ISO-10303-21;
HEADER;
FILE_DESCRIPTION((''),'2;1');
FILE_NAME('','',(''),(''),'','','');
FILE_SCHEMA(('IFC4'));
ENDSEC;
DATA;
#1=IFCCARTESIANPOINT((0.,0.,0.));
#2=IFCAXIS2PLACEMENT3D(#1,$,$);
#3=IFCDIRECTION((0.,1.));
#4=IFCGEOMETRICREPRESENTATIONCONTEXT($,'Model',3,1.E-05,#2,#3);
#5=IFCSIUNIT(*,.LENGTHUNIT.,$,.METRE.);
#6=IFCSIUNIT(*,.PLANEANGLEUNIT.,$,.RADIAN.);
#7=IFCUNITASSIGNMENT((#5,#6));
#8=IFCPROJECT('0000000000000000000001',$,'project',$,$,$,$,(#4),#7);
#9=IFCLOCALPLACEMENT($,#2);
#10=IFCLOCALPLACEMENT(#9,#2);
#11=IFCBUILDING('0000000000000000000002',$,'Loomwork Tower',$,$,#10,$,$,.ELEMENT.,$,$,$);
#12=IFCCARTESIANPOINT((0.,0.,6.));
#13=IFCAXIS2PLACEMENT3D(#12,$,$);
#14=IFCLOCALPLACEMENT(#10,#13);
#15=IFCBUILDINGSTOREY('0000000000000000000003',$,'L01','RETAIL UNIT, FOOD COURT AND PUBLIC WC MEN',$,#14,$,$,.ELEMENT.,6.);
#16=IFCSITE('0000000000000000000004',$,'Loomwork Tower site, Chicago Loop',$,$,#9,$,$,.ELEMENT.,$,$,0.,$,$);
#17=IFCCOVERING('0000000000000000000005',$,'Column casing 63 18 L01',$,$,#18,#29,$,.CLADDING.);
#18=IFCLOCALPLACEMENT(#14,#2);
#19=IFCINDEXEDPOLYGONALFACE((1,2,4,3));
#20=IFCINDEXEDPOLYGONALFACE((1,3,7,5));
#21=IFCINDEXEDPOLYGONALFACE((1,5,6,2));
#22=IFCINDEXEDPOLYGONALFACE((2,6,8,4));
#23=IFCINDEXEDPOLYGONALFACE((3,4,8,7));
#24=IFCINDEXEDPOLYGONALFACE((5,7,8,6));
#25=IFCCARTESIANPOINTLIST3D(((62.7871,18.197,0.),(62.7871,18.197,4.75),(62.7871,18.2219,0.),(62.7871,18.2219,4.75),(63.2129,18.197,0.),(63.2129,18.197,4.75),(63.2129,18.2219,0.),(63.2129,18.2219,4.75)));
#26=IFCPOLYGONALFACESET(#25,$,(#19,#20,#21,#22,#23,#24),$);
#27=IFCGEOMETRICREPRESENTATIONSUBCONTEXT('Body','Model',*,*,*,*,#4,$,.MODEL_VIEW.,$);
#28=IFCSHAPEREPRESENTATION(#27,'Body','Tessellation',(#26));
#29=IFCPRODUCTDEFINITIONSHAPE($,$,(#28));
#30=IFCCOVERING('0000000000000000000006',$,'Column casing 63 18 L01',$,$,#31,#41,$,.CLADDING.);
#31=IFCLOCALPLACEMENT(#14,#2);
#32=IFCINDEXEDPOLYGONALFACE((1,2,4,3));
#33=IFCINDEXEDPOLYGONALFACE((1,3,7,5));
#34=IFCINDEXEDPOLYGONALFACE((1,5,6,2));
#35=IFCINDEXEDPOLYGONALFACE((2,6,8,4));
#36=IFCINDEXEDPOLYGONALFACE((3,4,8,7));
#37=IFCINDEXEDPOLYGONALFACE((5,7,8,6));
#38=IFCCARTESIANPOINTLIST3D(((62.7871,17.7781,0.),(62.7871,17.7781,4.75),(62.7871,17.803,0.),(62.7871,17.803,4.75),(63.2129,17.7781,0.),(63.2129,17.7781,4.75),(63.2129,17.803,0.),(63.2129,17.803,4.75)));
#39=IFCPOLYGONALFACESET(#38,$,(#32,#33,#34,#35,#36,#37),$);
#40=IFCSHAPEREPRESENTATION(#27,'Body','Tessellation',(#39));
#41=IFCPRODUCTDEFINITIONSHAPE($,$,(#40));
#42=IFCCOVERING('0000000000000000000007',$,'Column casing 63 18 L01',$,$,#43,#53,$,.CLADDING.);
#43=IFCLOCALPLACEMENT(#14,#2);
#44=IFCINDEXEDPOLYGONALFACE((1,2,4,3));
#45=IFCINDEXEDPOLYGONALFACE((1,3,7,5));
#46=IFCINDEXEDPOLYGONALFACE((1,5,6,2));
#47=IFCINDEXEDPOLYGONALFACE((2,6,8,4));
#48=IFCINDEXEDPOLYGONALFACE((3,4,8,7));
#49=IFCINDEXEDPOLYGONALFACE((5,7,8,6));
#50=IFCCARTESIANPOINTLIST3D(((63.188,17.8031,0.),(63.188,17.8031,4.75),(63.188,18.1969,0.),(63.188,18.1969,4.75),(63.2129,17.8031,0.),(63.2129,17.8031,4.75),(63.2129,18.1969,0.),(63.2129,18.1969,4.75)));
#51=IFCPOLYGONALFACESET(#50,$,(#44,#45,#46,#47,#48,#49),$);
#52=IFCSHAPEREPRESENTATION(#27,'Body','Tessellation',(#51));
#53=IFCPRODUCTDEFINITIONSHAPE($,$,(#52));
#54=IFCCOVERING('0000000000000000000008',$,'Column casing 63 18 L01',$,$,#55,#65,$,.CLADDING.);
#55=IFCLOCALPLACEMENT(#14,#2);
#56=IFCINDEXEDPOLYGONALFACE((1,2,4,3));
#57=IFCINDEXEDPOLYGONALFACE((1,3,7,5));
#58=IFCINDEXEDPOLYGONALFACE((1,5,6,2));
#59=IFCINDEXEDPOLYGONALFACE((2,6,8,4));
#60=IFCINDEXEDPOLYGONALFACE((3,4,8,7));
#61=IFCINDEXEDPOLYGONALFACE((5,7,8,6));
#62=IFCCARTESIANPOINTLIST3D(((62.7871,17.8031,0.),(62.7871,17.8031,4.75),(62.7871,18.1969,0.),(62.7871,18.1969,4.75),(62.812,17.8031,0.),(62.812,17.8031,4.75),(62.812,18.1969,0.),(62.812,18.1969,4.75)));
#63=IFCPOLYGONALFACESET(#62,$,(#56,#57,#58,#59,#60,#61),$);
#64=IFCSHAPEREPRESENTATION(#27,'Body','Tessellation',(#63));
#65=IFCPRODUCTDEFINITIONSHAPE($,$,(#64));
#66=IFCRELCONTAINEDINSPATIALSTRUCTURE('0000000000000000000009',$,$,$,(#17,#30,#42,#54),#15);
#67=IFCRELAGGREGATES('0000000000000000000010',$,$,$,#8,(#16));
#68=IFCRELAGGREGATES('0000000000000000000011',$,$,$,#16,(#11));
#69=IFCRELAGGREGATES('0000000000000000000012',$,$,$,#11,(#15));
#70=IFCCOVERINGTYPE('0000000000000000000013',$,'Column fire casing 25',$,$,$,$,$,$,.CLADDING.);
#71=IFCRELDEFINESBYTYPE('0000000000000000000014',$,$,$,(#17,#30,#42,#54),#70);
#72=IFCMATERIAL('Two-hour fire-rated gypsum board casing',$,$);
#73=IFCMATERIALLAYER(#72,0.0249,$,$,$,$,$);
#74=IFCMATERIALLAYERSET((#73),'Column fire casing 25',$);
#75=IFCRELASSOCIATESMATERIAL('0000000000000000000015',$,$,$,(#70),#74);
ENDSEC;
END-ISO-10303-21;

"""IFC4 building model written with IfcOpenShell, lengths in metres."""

from ifc_helpers import new_model, si_unit, direction, frame, origin, origin_2d, place, context, subcontext, project, spatial, rectangle, extrude, material, layer, layer_set, type_object, element, save


model = new_model("IFC4")

# Units and contexts
model_context = context("Model", 3, precision=1e-05, world=origin(), true_north=direction((0.0, 1.0)))
body_context = subcontext(model_context, "Body", "Model", "MODEL_VIEW")
ifc_project = project(units=[si_unit("LENGTHUNIT", "METRE"), si_unit("PLANEANGLEUNIT", "RADIAN")], contexts=[model_context])

# Site, building, storey
site_placement = place(None, origin())
site = spatial("IfcSite", under=ifc_project, at=site_placement, Name="Loomwork Tower site, Chicago Loop", CompositionType="ELEMENT", RefElevation=0.0)
building_placement = place(site_placement, origin())
building = spatial("IfcBuilding", under=site, at=building_placement, Name="Loomwork Tower", CompositionType="ELEMENT")
storey_placement = place(building_placement, frame((0.0, 0.0, 6.0)))
storey = spatial("IfcBuildingStorey", under=building, at=storey_placement, Name="L01", Description="RETAIL UNIT, FOOD COURT AND PUBLIC WC MEN", CompositionType="ELEMENT", Elevation=6.0)

# Coverings
ifc_material_1 = material(Name="Two-hour fire-rated gypsum board casing")
ifc_layer_1 = layer(ifc_material_1, 0.0249)
ifc_layer_set_1 = layer_set([ifc_layer_1], Name="Column fire casing 25")
covering_type = type_object("IfcCoveringType", Name="Column fire casing 25", PredefinedType="CLADDING", material=ifc_layer_set_1)
for number, where, z_axis, x_axis, name in (
    (1, (63.0, 18.2095, 0.0), (0.0, 0.0, 1.0), (1.0, 0.0, 0.0), "Column casing 63 18 L01"),
    (2, (63.0, 17.7905, 0.0), (0.0, 0.0, 1.0), (1.0, 0.0, 0.0), "Column casing 63 18 L01"),
):
    element("IfcCovering", number, at=place(storey_placement, frame(where, z_axis=z_axis, x_axis=x_axis)), inside=storey, type_object=covering_type, Name=name, PredefinedType="CLADDING", context=body_context, shape_type="SweptSolid", body=[
        extrude(rectangle(XDim=0.4258, YDim=0.0249, at=origin_2d()), origin(), (0.0, 0.0, 1.0), 4.75),
    ])
for number, where, z_axis, x_axis, name in (
    (3, (63.2004, 18.0, 0.0), (0.0, 0.0, 1.0), (1.0, 0.0, 0.0), "Column casing 63 18 L01"),
    (4, (62.7996, 18.0, 0.0), (0.0, 0.0, 1.0), (1.0, 0.0, 0.0), "Column casing 63 18 L01"),
):
    element("IfcCovering", number, at=place(storey_placement, frame(where, z_axis=z_axis, x_axis=x_axis)), inside=storey, type_object=covering_type, Name=name, PredefinedType="CLADDING", context=body_context, shape_type="SweptSolid", body=[
        extrude(rectangle(XDim=0.0249, YDim=0.3938, at=origin_2d()), origin(), (0.0, 0.0, 1.0), 4.75),
    ])

save(model, "model.ifc")
